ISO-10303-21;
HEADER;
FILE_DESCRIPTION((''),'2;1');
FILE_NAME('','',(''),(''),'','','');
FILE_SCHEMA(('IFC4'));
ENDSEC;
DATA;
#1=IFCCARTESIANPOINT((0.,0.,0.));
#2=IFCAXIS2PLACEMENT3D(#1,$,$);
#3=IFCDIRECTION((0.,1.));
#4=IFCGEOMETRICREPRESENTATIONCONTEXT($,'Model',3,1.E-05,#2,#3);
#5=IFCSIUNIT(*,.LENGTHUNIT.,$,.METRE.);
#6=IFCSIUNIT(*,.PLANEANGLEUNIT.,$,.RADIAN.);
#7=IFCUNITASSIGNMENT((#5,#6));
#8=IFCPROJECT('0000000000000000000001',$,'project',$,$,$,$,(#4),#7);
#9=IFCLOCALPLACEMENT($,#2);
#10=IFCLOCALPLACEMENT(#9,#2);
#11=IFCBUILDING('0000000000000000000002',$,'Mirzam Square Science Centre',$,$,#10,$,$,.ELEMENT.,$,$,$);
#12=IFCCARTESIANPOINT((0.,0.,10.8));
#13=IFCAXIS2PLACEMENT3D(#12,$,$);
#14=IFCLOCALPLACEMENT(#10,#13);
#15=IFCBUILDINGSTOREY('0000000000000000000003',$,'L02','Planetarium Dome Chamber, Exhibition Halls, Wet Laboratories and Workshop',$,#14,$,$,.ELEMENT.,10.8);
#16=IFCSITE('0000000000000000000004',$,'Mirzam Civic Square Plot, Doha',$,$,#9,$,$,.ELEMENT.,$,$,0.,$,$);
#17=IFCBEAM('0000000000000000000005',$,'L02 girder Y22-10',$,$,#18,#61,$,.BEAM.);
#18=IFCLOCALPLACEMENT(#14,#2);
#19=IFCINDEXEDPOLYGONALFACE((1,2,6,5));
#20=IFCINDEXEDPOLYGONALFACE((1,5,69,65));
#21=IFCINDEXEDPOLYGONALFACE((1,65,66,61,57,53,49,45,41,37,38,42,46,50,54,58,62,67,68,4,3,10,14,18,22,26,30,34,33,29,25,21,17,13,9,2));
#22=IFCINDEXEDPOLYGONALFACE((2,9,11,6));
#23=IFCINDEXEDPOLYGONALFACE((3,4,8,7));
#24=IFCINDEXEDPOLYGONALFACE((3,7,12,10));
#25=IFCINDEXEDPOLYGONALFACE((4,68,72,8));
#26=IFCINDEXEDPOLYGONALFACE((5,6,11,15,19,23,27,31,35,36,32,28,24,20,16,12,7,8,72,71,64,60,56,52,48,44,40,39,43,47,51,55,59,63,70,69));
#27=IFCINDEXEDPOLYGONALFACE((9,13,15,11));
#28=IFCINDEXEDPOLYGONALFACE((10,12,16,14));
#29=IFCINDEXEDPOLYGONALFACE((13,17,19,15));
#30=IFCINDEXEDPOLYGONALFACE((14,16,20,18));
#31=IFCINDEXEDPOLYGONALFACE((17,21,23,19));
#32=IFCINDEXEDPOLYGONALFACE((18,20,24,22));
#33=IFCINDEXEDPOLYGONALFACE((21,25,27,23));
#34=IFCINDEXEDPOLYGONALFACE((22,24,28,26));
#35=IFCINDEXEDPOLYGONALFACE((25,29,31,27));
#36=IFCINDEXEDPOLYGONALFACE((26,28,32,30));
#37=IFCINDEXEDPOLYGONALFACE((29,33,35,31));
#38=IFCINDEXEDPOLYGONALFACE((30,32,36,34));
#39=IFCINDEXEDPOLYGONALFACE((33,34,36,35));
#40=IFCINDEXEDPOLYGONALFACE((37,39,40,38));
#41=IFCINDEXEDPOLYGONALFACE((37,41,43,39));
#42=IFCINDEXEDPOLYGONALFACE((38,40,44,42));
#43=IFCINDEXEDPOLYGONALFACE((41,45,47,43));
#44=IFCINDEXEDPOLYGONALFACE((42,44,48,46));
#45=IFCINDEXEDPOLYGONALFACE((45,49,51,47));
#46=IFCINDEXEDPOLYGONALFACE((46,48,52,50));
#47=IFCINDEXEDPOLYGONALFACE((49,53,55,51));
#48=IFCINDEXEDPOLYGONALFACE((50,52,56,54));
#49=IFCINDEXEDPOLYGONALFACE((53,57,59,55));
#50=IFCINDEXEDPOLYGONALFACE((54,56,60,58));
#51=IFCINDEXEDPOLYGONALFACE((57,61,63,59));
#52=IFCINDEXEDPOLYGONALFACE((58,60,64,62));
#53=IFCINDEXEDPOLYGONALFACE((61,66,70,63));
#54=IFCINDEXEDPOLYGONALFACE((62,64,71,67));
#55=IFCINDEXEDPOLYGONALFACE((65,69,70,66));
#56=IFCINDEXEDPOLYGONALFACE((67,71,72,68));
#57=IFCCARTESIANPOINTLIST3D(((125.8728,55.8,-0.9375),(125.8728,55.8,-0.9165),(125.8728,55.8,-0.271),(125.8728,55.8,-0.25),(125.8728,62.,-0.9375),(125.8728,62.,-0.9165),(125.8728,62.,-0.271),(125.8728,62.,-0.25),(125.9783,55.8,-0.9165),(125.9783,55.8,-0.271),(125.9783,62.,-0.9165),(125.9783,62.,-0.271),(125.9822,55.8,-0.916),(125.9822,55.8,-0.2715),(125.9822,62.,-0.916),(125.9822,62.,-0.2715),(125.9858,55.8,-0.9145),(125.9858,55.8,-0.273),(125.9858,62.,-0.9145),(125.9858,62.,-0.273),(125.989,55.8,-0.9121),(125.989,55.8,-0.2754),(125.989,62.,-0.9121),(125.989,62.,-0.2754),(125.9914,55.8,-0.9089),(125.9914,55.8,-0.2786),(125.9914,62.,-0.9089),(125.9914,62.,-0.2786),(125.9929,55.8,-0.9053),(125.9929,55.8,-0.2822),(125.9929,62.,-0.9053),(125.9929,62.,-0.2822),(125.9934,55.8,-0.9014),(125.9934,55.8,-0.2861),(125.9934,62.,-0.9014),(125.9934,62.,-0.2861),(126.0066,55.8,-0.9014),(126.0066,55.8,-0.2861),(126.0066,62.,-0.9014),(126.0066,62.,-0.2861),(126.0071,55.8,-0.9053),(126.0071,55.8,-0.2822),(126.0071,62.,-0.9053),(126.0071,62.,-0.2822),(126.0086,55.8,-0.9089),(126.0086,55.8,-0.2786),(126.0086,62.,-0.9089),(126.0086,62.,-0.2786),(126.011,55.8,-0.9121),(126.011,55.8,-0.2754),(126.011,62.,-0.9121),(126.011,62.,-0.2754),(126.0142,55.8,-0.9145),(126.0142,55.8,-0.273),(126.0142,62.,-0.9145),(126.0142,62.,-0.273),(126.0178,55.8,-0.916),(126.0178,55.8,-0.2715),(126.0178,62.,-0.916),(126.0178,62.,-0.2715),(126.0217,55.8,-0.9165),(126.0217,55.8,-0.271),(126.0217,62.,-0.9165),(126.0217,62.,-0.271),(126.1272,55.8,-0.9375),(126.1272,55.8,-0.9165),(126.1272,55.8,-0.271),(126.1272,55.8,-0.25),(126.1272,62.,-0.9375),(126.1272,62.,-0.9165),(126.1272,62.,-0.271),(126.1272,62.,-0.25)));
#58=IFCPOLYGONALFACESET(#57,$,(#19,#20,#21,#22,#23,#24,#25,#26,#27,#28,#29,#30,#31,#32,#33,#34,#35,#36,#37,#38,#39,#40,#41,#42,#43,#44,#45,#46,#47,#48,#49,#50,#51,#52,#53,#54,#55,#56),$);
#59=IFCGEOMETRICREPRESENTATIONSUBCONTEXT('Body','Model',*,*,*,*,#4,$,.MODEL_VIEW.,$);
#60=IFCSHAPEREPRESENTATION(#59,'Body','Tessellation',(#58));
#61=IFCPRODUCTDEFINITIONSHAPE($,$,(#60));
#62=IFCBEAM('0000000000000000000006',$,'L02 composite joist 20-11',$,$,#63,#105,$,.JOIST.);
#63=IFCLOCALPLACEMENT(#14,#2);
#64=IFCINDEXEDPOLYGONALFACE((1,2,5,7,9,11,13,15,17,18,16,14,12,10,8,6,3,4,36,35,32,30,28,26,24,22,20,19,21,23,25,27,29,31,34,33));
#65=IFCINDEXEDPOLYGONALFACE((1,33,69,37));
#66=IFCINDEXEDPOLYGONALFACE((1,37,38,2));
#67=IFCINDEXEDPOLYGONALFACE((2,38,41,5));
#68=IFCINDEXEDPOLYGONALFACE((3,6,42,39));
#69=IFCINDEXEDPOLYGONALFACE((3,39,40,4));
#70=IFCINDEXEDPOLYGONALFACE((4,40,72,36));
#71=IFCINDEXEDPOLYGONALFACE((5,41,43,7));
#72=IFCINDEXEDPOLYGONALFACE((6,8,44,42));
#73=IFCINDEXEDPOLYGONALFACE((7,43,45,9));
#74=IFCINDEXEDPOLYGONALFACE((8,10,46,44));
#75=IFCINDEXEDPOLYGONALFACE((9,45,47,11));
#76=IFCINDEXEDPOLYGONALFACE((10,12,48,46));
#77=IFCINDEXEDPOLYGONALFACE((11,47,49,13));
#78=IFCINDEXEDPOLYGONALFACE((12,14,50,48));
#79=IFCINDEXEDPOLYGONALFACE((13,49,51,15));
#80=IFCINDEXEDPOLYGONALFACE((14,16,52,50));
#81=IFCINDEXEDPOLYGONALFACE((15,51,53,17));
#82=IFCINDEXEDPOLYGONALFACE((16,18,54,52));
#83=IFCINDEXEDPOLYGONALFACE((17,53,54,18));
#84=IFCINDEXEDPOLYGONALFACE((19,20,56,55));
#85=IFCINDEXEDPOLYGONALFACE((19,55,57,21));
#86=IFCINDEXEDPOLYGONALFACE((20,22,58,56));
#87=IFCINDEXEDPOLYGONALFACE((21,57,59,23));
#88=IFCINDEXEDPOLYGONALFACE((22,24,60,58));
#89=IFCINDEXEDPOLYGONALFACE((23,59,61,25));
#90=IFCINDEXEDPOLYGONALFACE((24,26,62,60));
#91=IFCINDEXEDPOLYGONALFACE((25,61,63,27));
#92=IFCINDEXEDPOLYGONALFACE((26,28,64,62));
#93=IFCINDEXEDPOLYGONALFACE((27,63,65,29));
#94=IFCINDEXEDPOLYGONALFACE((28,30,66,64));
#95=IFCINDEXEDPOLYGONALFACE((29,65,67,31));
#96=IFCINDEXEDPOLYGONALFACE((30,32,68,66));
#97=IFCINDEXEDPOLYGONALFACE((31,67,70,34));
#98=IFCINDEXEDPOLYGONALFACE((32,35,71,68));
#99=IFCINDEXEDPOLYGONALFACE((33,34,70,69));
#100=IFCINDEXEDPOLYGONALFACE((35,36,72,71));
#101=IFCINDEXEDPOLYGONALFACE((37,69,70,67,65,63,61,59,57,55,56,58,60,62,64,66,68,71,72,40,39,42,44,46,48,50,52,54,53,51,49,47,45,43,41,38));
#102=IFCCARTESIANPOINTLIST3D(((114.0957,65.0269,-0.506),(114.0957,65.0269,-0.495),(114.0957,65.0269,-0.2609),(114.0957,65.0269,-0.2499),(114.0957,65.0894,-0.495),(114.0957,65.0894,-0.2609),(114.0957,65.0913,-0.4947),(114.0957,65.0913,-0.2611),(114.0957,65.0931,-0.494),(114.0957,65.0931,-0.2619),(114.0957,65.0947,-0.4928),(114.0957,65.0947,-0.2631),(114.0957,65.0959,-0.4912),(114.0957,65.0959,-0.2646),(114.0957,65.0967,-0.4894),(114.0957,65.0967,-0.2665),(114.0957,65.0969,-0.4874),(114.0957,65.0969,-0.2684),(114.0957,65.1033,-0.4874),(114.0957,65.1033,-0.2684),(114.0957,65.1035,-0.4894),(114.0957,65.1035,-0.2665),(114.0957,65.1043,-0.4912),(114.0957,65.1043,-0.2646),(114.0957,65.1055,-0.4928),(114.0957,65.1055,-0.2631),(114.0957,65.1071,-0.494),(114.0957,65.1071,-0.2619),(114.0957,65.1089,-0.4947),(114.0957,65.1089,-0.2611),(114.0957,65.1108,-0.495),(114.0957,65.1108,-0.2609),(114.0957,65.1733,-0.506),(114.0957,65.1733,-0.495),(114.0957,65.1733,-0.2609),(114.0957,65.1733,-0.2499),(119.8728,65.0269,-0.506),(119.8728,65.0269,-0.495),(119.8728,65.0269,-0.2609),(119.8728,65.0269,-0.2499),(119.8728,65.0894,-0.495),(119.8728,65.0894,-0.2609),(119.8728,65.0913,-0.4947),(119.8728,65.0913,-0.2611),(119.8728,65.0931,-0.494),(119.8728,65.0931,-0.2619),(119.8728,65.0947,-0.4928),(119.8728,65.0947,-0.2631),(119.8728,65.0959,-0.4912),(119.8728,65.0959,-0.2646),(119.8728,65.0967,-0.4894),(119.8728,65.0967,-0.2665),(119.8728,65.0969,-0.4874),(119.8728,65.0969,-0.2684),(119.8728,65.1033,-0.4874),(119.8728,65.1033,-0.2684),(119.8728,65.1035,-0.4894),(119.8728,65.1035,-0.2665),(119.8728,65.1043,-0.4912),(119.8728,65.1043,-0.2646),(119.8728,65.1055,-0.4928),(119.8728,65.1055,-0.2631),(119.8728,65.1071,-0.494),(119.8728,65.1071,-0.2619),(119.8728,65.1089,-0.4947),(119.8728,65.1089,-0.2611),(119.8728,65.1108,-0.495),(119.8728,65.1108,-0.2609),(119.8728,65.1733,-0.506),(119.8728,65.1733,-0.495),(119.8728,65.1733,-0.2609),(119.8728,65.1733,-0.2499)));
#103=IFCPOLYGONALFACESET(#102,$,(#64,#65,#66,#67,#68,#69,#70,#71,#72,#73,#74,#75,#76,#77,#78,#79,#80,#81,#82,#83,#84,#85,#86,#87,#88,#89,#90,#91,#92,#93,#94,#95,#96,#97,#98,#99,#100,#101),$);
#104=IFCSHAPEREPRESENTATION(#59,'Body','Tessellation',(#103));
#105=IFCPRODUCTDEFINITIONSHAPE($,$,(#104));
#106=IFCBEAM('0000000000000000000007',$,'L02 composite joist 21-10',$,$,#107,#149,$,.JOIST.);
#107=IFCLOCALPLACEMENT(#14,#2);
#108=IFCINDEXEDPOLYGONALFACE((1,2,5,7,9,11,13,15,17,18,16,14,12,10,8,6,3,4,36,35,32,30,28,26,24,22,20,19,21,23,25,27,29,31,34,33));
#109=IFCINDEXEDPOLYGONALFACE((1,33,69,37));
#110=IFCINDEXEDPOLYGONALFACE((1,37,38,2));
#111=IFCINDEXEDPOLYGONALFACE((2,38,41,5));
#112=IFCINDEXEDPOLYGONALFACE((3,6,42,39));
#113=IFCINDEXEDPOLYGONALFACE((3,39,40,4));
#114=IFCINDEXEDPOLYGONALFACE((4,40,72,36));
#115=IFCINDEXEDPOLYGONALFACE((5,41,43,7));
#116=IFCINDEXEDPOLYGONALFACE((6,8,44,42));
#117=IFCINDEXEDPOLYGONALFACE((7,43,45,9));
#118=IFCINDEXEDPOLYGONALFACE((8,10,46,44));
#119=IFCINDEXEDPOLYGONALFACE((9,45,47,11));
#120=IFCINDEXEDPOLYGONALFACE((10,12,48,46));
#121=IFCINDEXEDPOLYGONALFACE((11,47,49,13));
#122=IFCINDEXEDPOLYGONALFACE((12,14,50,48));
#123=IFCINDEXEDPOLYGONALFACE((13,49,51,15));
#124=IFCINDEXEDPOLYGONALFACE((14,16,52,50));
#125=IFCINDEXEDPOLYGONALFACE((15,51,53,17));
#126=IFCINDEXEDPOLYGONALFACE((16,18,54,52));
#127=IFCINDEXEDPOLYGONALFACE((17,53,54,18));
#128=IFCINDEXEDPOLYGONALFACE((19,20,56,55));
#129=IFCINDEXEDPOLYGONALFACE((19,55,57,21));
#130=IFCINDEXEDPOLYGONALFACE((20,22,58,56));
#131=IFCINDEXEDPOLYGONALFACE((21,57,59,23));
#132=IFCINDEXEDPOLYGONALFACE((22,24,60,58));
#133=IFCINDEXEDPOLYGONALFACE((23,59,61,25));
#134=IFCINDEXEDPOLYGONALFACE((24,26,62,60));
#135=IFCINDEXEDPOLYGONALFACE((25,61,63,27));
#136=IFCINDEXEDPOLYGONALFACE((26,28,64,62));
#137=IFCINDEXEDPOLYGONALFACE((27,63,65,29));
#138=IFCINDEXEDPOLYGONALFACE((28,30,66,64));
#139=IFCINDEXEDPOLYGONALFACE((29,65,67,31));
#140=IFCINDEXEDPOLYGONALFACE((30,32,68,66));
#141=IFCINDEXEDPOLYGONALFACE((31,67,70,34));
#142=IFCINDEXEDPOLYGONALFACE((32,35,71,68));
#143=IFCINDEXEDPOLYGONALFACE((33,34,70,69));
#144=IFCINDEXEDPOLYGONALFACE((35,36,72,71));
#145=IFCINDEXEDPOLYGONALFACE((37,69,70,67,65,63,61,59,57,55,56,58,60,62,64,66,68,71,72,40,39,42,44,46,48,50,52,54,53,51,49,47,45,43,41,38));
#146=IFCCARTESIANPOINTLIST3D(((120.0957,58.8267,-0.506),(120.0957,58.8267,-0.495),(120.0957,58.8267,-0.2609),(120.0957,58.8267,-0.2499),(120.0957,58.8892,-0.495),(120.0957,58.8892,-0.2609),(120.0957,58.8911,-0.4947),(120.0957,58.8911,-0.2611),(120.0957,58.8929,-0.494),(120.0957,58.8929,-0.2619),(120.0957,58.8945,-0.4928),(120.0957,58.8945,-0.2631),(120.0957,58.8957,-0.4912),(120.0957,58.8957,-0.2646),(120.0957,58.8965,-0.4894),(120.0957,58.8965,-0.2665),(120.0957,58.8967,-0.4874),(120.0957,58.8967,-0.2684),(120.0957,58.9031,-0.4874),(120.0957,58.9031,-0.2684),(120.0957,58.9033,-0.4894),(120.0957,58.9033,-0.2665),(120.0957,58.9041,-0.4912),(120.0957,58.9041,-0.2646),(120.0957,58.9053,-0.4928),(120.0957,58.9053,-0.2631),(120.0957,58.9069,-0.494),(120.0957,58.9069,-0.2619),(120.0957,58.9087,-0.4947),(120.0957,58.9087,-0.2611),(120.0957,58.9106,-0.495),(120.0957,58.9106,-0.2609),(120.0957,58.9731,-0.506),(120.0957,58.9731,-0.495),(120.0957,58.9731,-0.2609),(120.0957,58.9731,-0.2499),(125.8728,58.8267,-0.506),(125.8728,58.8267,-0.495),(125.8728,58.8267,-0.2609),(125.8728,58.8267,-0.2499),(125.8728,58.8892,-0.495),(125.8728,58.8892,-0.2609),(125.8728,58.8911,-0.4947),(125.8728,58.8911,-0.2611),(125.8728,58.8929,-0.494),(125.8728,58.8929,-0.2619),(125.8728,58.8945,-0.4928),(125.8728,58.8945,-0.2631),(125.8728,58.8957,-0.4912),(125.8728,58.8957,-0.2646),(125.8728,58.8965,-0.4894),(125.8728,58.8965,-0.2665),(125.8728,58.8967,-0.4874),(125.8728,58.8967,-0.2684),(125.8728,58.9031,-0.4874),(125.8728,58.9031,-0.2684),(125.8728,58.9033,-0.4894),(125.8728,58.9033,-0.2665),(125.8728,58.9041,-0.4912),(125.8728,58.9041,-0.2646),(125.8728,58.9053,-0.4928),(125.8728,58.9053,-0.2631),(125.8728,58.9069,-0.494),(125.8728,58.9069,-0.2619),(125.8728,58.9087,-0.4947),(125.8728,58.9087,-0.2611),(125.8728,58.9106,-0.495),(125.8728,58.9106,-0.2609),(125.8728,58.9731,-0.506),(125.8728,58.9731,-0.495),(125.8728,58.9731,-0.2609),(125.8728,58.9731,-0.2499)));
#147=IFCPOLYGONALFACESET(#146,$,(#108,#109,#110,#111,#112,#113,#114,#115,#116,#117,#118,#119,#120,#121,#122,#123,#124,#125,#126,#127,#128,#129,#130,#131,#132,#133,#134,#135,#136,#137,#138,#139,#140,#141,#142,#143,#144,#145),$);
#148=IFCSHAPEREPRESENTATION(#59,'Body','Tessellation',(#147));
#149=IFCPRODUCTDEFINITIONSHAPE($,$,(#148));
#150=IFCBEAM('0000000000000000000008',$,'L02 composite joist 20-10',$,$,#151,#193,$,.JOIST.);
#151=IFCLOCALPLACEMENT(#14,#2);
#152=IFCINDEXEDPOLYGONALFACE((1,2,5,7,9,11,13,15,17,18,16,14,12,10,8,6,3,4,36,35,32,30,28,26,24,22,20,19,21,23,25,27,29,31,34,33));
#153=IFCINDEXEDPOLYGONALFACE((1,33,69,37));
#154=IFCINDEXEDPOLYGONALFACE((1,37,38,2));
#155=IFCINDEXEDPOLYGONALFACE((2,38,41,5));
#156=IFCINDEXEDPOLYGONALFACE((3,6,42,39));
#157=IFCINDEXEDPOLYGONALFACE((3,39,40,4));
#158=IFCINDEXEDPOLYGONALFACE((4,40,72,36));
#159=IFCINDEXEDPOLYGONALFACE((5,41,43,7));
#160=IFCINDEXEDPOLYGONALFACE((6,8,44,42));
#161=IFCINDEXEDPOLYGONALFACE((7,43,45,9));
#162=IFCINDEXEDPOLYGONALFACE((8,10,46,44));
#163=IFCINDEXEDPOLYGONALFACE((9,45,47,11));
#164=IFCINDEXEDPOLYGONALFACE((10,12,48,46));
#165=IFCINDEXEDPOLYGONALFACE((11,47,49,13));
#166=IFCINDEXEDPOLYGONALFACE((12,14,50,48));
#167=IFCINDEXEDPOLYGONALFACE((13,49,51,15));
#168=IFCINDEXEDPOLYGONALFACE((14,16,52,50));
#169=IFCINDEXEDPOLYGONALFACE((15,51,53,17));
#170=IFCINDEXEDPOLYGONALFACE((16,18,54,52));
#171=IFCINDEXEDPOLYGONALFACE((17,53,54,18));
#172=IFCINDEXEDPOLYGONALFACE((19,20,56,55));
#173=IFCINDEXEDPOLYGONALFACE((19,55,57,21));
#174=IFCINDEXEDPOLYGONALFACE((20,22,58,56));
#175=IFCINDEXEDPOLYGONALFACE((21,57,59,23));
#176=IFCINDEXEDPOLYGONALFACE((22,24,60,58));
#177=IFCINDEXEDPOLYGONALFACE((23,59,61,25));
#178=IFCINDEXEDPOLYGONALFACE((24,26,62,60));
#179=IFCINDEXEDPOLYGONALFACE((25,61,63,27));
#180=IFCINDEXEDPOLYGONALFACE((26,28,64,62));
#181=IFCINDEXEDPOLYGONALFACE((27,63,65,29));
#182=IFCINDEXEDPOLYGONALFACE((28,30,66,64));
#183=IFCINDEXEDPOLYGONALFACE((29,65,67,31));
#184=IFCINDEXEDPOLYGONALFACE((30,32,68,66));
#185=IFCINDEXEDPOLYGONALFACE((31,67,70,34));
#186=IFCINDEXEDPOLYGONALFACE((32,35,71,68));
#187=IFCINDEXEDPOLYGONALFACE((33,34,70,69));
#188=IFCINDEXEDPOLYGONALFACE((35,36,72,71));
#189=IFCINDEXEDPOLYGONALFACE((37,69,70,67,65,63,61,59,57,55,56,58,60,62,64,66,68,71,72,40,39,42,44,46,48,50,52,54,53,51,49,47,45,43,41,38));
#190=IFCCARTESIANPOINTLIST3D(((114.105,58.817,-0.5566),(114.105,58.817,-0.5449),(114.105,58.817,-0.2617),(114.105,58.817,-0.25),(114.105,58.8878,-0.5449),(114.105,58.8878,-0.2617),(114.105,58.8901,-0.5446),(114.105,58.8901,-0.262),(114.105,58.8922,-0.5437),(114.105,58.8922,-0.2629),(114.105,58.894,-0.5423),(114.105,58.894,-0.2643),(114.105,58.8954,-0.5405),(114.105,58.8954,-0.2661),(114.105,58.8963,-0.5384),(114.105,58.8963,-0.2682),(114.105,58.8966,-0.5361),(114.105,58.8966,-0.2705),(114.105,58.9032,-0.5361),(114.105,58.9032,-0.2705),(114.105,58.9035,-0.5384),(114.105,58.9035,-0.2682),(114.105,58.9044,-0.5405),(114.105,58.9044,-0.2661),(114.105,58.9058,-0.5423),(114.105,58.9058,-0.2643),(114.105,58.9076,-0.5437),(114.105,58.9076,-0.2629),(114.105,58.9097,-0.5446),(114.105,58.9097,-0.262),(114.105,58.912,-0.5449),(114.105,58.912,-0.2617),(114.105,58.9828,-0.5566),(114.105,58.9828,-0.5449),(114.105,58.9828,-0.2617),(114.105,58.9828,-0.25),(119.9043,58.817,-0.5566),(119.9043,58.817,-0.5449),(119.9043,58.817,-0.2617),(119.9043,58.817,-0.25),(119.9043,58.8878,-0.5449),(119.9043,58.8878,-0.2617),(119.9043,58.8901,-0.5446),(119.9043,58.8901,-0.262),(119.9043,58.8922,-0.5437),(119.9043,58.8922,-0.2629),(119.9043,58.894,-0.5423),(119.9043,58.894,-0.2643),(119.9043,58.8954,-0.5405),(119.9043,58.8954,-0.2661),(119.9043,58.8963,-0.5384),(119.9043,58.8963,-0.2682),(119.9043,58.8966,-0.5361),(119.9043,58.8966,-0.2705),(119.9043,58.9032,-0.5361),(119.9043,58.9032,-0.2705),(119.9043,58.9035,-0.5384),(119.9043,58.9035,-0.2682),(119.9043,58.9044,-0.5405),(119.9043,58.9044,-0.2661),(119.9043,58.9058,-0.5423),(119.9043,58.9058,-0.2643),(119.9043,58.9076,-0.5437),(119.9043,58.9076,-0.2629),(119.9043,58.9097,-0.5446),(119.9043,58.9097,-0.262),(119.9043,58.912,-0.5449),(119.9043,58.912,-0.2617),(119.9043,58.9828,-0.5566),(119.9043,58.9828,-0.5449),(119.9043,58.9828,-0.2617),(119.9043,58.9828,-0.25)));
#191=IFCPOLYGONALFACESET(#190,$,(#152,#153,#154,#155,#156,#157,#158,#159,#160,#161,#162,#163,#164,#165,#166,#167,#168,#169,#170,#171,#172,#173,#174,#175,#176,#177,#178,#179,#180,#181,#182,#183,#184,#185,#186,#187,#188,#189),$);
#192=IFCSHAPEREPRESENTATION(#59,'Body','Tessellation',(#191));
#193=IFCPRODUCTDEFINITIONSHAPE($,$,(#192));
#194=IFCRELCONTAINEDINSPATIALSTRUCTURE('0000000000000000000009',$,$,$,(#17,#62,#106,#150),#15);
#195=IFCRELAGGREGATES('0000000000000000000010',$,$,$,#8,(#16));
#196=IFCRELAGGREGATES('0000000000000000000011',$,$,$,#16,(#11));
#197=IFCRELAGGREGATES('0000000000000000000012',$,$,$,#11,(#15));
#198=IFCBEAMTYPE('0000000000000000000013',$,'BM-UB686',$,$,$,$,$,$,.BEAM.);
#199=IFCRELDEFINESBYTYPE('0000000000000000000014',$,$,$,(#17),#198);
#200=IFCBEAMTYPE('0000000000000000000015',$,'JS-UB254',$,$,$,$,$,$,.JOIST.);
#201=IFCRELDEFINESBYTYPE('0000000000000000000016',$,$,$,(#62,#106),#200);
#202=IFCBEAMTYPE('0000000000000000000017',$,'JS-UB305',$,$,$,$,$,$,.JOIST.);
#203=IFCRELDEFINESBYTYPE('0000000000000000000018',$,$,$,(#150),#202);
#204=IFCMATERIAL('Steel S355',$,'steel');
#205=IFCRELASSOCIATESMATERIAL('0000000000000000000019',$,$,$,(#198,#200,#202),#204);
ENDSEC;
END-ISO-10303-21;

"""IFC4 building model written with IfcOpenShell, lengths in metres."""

from ifc_helpers import new_model, si_unit, direction, frame, origin, origin_2d, place, context, subcontext, project, spatial, i_section, extrude, material, material_profile, profile_set, type_object, element, save


model = new_model("IFC4")

# Units and contexts
model_context = context("Model", 3, precision=1e-05, world=origin(), true_north=direction((0.0, 1.0)))
body_context = subcontext(model_context, "Body", "Model", "MODEL_VIEW")
ifc_project = project(units=[si_unit("LENGTHUNIT", "METRE"), si_unit("PLANEANGLEUNIT", "RADIAN")], contexts=[model_context])

# Site, building, storey
site_placement = place(None, origin())
site = spatial("IfcSite", under=ifc_project, at=site_placement, Name="Mirzam Civic Square Plot, Doha", CompositionType="ELEMENT", RefElevation=0.0)
building_placement = place(site_placement, origin())
building = spatial("IfcBuilding", under=site, at=building_placement, Name="Mirzam Square Science Centre", CompositionType="ELEMENT")
storey_placement = place(building_placement, frame((0.0, 0.0, 10.8)))
storey = spatial("IfcBuildingStorey", under=building, at=storey_placement, Name="L02", Description="Planetarium Dome Chamber, Exhibition Halls, Wet Laboratories and Workshop", CompositionType="ELEMENT", Elevation=10.8)

# Shared definitions
ifc_material_1 = material(Name="Steel S355", Category="steel")

# Beams
ifc_material_profile_1 = material_profile(ifc_material_1, i_section(OverallWidth=0.2544, OverallDepth=0.6875, WebThickness=0.0132, FlangeThickness=0.021, FilletRadius=0.0151, at=origin_2d()), Name="686x254x152UB")
ifc_profile_set_1 = profile_set([ifc_material_profile_1], Name="Steel S355")
beam_type_1 = type_object("IfcBeamType", Name="BM-UB686", PredefinedType="BEAM", material=ifc_profile_set_1)
for number, where, z_axis, x_axis, name in (
    (1, (126.0, 55.8, -0.5938), (0.0, 1.0, 0.0), (-1.0, 0.0, 0.0), "L02 girder Y22-10"),
):
    element("IfcBeam", number, at=place(storey_placement, frame(where, z_axis=z_axis, x_axis=x_axis)), inside=storey, type_object=beam_type_1, Name=name, PredefinedType="BEAM", context=body_context, shape_type="SweptSolid", body=[
        extrude(i_section(OverallWidth=0.2544, OverallDepth=0.6875, WebThickness=0.0132, FlangeThickness=0.021, FilletRadius=0.0151, at=origin_2d()), origin(), (0.0, 0.0, 1.0), 6.2),
    ])
ifc_material_profile_2 = material_profile(ifc_material_1, i_section(OverallWidth=0.1465, OverallDepth=0.2561, WebThickness=0.0063, FlangeThickness=0.011, FilletRadius=0.0076, at=origin_2d()), Name="254x146x37UB")
ifc_profile_set_2 = profile_set([ifc_material_profile_2], Name="Steel S355")
beam_type_2 = type_object("IfcBeamType", Name="JS-UB254", PredefinedType="JOIST", material=ifc_profile_set_2)
for number, where, z_axis, x_axis, name in (
    (2, (114.0957, 65.1001, -0.3779), (1.0, 0.0, 0.0), (0.0, 1.0, 0.0), "L02 composite joist 20-11"),
    (3, (120.0957, 58.8999, -0.3779), (1.0, 0.0, 0.0), (0.0, 1.0, 0.0), "L02 composite joist 21-10"),
):
    element("IfcBeam", number, at=place(storey_placement, frame(where, z_axis=z_axis, x_axis=x_axis)), inside=storey, type_object=beam_type_2, Name=name, PredefinedType="JOIST", context=body_context, shape_type="SweptSolid", body=[
        extrude(i_section(OverallWidth=0.1465, OverallDepth=0.2561, WebThickness=0.0063, FlangeThickness=0.011, FilletRadius=0.0076, at=origin_2d()), origin(), (0.0, 0.0, 1.0), 5.7771),
    ])
ifc_material_profile_3 = material_profile(ifc_material_1, i_section(OverallWidth=0.1658, OverallDepth=0.3066, WebThickness=0.0066, FlangeThickness=0.0117, FilletRadius=0.0088, at=origin_2d()), Name="305x165x46UB")
ifc_profile_set_3 = profile_set([ifc_material_profile_3], Name="Steel S355")
beam_type_3 = type_object("IfcBeamType", Name="JS-UB305", PredefinedType="JOIST", material=ifc_profile_set_3)
for number, where, z_axis, x_axis, name in (
    (4, (114.105, 58.8999, -0.4033), (1.0, 0.0, 0.0), (0.0, 1.0, 0.0), "L02 composite joist 20-10"),
):
    element("IfcBeam", number, at=place(storey_placement, frame(where, z_axis=z_axis, x_axis=x_axis)), inside=storey, type_object=beam_type_3, Name=name, PredefinedType="JOIST", context=body_context, shape_type="SweptSolid", body=[
        extrude(i_section(OverallWidth=0.1658, OverallDepth=0.3066, WebThickness=0.0066, FlangeThickness=0.0117, FilletRadius=0.0088, at=origin_2d()), origin(), (0.0, 0.0, 1.0), 5.7993),
    ])

save(model, "model.ifc")
